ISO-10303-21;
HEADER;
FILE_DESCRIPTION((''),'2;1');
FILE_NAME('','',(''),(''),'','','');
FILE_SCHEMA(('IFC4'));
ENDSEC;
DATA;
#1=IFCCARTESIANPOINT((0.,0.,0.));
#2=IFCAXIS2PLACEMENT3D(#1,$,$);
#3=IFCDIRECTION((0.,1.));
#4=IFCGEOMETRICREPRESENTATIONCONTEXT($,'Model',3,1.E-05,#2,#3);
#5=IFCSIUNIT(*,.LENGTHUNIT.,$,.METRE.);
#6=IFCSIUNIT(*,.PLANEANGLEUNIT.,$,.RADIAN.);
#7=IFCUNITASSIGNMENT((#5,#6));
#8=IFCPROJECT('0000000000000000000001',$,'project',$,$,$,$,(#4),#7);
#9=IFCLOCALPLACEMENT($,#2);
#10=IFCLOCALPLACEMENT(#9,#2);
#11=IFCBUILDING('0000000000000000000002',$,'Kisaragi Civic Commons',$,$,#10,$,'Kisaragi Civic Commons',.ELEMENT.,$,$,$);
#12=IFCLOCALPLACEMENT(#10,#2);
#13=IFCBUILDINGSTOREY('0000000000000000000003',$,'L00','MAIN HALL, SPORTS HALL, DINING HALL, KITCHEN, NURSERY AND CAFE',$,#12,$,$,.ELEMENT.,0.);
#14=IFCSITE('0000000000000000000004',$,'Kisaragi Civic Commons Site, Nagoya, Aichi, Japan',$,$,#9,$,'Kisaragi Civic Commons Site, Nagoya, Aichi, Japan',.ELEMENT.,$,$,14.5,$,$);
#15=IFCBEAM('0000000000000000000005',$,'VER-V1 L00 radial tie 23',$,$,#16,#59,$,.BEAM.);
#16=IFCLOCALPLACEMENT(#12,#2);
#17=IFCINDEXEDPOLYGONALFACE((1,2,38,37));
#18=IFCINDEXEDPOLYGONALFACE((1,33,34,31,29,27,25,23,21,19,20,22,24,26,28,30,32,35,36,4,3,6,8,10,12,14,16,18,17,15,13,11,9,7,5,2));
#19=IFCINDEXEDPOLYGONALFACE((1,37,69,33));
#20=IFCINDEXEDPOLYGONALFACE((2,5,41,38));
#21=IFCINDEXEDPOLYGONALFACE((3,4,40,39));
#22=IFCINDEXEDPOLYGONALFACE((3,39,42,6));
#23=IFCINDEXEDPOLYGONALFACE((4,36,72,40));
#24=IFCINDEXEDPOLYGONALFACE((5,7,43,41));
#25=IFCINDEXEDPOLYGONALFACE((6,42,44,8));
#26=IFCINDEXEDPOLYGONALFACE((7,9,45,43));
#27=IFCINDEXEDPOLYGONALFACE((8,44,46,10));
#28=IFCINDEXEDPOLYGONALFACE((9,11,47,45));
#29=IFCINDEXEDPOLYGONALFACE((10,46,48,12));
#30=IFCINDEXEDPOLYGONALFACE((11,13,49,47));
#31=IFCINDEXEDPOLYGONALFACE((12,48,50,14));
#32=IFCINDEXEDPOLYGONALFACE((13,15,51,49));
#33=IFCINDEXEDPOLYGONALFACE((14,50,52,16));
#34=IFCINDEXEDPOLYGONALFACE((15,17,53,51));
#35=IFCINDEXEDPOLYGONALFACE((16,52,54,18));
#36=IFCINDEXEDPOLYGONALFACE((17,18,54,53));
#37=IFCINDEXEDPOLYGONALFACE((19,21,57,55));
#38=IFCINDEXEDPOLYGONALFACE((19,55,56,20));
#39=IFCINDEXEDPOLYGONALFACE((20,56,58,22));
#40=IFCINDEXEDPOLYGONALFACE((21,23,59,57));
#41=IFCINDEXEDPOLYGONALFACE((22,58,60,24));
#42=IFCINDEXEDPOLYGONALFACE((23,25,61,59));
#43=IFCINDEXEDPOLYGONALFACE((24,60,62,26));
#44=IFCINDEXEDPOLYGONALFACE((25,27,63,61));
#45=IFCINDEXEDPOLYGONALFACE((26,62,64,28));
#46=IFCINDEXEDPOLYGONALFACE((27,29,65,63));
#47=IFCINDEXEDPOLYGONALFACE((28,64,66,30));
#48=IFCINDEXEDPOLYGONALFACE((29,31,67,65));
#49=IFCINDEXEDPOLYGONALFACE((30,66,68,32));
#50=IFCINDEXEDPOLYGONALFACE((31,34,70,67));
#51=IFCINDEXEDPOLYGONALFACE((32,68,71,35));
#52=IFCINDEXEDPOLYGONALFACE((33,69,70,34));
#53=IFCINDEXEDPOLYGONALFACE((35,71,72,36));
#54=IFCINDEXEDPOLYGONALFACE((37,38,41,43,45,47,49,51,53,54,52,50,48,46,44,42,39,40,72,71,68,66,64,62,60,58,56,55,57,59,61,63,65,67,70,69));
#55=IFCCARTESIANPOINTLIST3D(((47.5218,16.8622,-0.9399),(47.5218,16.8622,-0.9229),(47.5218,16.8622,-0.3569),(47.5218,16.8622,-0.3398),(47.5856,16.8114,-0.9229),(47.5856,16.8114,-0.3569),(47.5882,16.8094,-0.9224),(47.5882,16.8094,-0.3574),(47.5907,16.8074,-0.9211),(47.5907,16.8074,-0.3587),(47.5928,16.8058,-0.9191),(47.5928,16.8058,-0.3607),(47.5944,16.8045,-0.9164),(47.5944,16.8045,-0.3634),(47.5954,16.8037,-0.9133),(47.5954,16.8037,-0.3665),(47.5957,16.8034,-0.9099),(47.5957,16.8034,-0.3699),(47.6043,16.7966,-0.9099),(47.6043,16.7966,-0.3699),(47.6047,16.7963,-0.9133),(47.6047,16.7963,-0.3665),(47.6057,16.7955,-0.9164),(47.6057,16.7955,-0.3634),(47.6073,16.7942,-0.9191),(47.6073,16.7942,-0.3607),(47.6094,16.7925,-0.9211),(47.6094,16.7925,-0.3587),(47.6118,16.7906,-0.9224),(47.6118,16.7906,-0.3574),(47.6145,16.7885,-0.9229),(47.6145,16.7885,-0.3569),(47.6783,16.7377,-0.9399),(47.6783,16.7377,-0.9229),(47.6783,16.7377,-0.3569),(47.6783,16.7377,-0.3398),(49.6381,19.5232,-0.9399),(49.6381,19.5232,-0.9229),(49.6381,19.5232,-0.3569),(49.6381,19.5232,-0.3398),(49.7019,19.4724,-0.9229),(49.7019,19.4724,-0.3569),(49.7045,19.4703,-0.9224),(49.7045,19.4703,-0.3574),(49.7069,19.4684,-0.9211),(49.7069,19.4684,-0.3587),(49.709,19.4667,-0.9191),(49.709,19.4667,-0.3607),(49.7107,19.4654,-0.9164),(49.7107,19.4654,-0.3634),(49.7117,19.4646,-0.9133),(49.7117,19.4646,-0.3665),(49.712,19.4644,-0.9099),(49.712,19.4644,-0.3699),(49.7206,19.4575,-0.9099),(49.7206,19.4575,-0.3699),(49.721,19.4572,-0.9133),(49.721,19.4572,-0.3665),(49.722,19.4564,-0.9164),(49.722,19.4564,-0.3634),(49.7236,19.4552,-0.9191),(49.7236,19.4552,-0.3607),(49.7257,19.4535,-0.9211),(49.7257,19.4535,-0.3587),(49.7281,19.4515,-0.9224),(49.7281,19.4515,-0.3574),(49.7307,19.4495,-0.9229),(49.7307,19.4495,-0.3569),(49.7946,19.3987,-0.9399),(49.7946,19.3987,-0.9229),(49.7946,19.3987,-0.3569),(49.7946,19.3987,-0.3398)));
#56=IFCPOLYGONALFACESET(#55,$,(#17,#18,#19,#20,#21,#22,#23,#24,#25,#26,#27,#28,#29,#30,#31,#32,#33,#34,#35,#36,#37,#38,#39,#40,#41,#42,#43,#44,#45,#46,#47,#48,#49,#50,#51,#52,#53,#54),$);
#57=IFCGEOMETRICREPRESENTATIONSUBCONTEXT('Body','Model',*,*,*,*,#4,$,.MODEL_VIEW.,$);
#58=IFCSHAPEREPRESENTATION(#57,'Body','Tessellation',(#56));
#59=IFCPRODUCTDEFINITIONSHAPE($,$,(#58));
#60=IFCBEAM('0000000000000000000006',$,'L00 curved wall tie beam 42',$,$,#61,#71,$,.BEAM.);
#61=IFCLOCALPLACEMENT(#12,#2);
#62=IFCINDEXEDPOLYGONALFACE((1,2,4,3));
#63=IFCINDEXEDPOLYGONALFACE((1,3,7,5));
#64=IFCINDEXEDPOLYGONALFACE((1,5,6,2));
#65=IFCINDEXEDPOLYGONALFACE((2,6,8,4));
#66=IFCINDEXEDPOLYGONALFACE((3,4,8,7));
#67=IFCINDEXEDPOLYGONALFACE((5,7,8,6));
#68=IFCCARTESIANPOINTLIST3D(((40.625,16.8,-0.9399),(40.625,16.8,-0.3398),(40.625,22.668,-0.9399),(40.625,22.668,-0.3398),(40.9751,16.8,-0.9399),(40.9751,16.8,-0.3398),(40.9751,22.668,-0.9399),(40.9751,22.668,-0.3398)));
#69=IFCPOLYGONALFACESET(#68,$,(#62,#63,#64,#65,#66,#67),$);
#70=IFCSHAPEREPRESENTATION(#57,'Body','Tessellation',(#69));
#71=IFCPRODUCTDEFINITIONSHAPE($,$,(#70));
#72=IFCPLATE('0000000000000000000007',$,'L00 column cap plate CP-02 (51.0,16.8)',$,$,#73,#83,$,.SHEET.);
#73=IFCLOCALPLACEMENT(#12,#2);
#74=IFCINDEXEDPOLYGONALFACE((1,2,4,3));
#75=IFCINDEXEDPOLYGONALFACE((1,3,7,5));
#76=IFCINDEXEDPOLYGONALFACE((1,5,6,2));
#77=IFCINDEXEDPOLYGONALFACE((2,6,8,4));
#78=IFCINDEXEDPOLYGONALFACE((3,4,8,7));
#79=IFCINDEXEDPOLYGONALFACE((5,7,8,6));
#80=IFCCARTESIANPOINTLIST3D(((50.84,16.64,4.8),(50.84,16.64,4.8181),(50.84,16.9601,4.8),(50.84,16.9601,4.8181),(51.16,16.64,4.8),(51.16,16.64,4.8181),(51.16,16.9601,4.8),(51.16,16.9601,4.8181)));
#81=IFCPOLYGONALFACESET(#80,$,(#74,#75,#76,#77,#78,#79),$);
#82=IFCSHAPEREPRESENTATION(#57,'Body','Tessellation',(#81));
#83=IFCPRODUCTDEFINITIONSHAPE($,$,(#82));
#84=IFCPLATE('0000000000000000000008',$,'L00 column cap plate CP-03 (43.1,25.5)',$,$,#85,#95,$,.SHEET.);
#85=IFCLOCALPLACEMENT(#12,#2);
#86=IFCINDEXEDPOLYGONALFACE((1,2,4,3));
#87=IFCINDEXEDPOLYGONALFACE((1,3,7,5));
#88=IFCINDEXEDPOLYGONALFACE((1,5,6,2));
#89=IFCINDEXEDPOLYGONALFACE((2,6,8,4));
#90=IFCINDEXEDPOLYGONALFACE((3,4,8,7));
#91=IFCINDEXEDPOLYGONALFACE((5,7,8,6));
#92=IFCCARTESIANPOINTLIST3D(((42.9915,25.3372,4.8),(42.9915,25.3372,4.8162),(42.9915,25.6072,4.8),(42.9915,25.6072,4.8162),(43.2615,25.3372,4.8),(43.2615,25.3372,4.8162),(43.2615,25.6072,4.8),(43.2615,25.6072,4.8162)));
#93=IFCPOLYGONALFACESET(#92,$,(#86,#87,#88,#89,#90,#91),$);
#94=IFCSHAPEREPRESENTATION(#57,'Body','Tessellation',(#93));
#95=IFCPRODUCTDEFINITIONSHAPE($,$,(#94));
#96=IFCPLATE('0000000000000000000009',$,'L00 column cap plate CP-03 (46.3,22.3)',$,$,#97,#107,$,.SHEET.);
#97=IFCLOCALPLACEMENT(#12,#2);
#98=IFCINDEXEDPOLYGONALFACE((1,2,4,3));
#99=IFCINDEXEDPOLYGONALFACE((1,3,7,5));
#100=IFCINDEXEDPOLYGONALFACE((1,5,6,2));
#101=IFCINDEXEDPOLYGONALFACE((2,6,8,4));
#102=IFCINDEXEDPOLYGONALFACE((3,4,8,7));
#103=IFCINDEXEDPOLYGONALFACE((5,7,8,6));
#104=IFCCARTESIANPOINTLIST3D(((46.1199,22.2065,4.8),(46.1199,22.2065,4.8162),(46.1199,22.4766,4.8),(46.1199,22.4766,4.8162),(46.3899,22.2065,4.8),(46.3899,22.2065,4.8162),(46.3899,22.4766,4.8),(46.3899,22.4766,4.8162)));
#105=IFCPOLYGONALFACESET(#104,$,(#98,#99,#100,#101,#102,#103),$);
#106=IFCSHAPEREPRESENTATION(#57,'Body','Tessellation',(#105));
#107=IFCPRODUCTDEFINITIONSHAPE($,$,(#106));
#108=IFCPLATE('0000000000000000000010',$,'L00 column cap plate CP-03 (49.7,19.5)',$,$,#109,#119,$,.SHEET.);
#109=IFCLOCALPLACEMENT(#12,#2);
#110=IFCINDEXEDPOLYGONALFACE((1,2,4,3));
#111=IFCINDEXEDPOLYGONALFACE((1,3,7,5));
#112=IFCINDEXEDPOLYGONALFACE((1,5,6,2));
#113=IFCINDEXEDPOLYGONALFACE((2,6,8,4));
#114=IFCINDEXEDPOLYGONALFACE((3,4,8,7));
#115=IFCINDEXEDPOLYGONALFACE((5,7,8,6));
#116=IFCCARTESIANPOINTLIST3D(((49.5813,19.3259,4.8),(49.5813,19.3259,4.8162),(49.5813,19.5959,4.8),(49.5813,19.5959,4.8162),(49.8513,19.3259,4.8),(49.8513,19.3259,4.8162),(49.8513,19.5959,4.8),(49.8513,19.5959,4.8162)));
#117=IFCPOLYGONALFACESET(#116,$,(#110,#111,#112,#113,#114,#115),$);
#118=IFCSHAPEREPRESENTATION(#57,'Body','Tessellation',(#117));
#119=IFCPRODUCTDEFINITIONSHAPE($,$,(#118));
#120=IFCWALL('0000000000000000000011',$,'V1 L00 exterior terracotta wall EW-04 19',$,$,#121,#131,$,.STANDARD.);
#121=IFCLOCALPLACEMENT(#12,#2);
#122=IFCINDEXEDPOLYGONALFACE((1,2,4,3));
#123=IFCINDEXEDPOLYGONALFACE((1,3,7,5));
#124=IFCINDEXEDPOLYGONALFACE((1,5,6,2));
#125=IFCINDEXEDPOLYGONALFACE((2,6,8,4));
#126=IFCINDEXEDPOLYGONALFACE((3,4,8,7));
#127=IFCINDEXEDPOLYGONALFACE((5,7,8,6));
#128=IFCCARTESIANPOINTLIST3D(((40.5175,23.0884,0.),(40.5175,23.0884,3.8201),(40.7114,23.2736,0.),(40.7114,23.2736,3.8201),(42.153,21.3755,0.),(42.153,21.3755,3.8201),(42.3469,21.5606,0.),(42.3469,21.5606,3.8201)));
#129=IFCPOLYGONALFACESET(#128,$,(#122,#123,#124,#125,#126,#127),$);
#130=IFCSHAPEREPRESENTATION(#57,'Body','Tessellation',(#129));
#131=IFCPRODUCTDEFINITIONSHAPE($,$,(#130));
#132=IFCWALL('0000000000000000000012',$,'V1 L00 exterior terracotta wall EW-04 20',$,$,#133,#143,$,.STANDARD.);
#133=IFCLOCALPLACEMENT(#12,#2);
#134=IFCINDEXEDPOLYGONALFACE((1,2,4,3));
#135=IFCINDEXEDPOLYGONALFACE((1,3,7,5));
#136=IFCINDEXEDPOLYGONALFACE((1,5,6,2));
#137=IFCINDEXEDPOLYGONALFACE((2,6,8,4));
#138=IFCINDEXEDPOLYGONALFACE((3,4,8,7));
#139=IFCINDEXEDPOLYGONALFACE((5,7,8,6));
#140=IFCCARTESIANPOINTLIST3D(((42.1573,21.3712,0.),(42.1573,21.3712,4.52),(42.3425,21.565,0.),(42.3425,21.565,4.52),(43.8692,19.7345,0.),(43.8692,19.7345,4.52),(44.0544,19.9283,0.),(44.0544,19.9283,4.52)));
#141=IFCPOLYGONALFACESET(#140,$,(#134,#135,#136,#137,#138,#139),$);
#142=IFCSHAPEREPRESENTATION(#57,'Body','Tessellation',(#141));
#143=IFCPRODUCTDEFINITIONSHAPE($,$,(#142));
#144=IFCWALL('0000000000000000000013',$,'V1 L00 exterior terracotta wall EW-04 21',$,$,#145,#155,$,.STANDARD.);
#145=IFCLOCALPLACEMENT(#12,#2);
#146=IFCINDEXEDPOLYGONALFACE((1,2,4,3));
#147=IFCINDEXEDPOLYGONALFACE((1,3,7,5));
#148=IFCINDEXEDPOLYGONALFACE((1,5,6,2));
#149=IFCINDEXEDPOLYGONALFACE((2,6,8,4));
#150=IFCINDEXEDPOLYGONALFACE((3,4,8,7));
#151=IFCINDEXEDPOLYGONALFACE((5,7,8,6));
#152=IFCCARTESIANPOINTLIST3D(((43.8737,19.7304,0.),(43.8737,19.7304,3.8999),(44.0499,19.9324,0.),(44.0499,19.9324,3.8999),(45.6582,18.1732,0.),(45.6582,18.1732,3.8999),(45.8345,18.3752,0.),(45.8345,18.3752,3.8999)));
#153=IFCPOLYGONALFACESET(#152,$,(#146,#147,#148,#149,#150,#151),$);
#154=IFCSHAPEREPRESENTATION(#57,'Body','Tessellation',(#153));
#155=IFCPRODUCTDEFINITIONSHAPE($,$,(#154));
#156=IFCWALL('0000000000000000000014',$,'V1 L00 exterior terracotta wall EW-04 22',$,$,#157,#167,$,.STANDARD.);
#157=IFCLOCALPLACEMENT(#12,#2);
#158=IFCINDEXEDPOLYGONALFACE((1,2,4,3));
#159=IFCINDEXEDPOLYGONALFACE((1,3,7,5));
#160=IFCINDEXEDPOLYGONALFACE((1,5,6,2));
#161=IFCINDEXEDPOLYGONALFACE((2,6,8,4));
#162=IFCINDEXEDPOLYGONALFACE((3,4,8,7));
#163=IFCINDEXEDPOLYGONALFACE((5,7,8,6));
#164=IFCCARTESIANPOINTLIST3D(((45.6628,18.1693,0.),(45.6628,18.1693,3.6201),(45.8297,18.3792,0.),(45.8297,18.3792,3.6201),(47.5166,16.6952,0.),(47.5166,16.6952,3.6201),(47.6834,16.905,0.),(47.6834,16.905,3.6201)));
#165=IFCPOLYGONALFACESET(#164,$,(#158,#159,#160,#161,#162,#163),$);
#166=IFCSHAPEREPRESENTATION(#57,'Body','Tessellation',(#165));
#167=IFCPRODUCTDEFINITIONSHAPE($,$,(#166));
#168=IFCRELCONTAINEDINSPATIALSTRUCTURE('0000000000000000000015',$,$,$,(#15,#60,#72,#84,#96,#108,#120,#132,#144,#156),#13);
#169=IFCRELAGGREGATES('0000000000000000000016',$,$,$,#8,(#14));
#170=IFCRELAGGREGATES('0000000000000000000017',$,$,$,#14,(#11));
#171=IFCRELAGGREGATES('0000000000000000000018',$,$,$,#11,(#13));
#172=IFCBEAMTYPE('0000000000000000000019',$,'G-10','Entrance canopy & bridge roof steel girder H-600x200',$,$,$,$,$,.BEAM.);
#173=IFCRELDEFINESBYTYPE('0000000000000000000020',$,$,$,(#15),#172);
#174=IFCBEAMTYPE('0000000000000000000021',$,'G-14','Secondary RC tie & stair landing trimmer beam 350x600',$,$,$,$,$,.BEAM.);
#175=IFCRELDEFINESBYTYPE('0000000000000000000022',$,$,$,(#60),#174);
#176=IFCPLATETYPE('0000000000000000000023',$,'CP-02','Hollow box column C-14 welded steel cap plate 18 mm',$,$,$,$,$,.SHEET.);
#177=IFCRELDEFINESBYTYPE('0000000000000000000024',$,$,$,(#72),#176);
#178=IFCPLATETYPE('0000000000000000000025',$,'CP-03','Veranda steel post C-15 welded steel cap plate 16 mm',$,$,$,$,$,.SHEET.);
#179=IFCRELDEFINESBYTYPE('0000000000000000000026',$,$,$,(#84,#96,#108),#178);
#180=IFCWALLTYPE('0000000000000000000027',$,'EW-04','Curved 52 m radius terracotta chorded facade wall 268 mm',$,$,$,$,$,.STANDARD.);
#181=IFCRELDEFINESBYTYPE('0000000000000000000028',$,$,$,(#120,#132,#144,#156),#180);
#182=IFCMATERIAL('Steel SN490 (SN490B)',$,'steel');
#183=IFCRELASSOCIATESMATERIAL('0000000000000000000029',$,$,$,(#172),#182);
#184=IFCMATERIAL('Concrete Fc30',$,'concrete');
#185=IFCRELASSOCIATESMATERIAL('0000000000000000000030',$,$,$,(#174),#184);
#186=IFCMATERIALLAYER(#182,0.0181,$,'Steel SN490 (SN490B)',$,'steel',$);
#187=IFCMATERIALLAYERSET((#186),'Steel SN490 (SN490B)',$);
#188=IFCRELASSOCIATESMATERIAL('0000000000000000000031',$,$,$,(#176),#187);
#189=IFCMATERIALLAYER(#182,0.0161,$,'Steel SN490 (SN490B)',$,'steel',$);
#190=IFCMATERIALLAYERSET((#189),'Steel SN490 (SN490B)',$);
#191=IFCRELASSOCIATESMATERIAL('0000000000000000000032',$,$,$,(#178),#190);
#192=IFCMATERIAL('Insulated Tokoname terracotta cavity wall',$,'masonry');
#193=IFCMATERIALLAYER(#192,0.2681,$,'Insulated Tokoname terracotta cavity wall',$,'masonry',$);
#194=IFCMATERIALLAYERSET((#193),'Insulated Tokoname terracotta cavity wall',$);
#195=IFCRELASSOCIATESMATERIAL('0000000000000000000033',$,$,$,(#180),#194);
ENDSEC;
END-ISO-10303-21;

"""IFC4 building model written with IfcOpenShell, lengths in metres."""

from ifc_helpers import new_model, si_unit, direction, frame, frame_2d, origin, origin_2d, place, context, subcontext, project, spatial, rectangle, i_section, extrude, material, layer, layer_set, material_profile, profile_set, type_object, element, save


model = new_model("IFC4")

# Units and contexts
model_context = context("Model", 3, precision=1e-05, world=origin(), true_north=direction((0.0, 1.0)))
body_context = subcontext(model_context, "Body", "Model", "MODEL_VIEW")
ifc_project = project(units=[si_unit("LENGTHUNIT", "METRE"), si_unit("PLANEANGLEUNIT", "RADIAN")], contexts=[model_context])

# Site, building, storey
site_placement = place(None, origin())
site = spatial("IfcSite", under=ifc_project, at=site_placement, Name="Kisaragi Civic Commons Site, Nagoya, Aichi, Japan", LongName="Kisaragi Civic Commons Site, Nagoya, Aichi, Japan", CompositionType="ELEMENT", RefElevation=14.5)
building_placement = place(site_placement, origin())
building = spatial("IfcBuilding", under=site, at=building_placement, Name="Kisaragi Civic Commons", LongName="Kisaragi Civic Commons", CompositionType="ELEMENT")
storey_placement = place(building_placement, origin())
storey = spatial("IfcBuildingStorey", under=building, at=storey_placement, Name="L00", Description="MAIN HALL, SPORTS HALL, DINING HALL, KITCHEN, NURSERY AND CAFE", CompositionType="ELEMENT", Elevation=0.0)

# Shared definitions
ifc_material_1 = material(Name="Concrete Fc30", Category="concrete")
ifc_material_2 = material(Name="Steel SN490 (SN490B)", Category="steel")

# Beams
ifc_material_profile_1 = material_profile(ifc_material_2, i_section(OverallWidth=0.2, OverallDepth=0.6001, WebThickness=0.011, FlangeThickness=0.0171, FilletRadius=0.0129, at=origin_2d()), Name="H-600x200x11x17", Category="steel")
ifc_profile_set_1 = profile_set([ifc_material_profile_1], Name="Steel SN490 (SN490B)")
beam_type_1 = type_object("IfcBeamType", Name="G-10", Description="Entrance canopy & bridge roof steel girder H-600x200", PredefinedType="BEAM", material=ifc_profile_set_1)
beam_1_placement = place(storey_placement, frame((49.7163, 19.4609, -0.6399), z_axis=(-0.622451, -0.782659, 0.0), x_axis=(0.782659, -0.622451, 0.0)))
element("IfcBeam", 1, at=beam_1_placement, inside=storey, type_object=beam_type_1, Name="VER-V1 L00 radial tie 23", PredefinedType="BEAM", context=body_context, shape_type="SweptSolid", body=[
    extrude(i_section(OverallWidth=0.2, OverallDepth=0.6001, WebThickness=0.011, FlangeThickness=0.0171, FilletRadius=0.0129, at=origin_2d()), origin(), (0.0, 0.0, 1.0), 3.3999),
])
ifc_material_profile_2 = material_profile(ifc_material_1, rectangle(XDim=0.3501, YDim=0.6001, at=origin_2d()), Name="RC-350x600", Category="concrete")
ifc_profile_set_2 = profile_set([ifc_material_profile_2], Name="Concrete Fc30")
beam_type_2 = type_object("IfcBeamType", Name="G-14", Description="Secondary RC tie & stair landing trimmer beam 350x600", PredefinedType="BEAM", material=ifc_profile_set_2)
beam_2_placement = place(storey_placement, frame((40.8, 22.668, -0.6399), z_axis=(0.0, -1.0, 0.0), x_axis=(1.0, 0.0, 0.0)))
element("IfcBeam", 2, at=beam_2_placement, inside=storey, type_object=beam_type_2, Name="L00 curved wall tie beam 42", PredefinedType="BEAM", context=body_context, shape_type="SweptSolid", body=[
    extrude(rectangle(XDim=0.3501, YDim=0.6001, at=origin_2d()), origin(), (0.0, 0.0, 1.0), 5.8679),
])

# Plates
ifc_layer_1 = layer(ifc_material_2, 0.0181, Name="Steel SN490 (SN490B)", Category="steel")
ifc_layer_set_1 = layer_set([ifc_layer_1], Name="Steel SN490 (SN490B)")
plate_type_1 = type_object("IfcPlateType", Name="CP-02", Description="Hollow box column C-14 welded steel cap plate 18 mm", PredefinedType="SHEET", material=ifc_layer_set_1)
plate_placement = place(storey_placement, frame((51.0, 16.8, 4.8), z_axis=(0.0, 0.0, 1.0), x_axis=(1.0, 0.0, 0.0)))
element("IfcPlate", 3, at=plate_placement, inside=storey, type_object=plate_type_1, Name="L00 column cap plate CP-02 (51.0,16.8)", PredefinedType="SHEET", context=body_context, shape_type="SweptSolid", body=[
    extrude(rectangle(XDim=0.3201, YDim=0.3201, at=origin_2d()), origin(), (0.0, 0.0, 1.0), 0.0181),
])
ifc_layer_2 = layer(ifc_material_2, 0.0161, Name="Steel SN490 (SN490B)", Category="steel")
ifc_layer_set_2 = layer_set([ifc_layer_2], Name="Steel SN490 (SN490B)")
plate_type_2 = type_object("IfcPlateType", Name="CP-03", Description="Veranda steel post C-15 welded steel cap plate 16 mm", PredefinedType="SHEET", material=ifc_layer_set_2)
for number, where, z_axis, x_axis, name in (
    (4, (43.1265, 25.4722, 4.8), (0.0, 0.0, 1.0), (1.0, 0.0, 0.0), "L00 column cap plate CP-03 (43.1,25.5)"),
    (5, (46.2549, 22.3416, 4.8), (0.0, 0.0, 1.0), (1.0, 0.0, 0.0), "L00 column cap plate CP-03 (46.3,22.3)"),
    (6, (49.7163, 19.4609, 4.8), (0.0, 0.0, 1.0), (1.0, 0.0, 0.0), "L00 column cap plate CP-03 (49.7,19.5)"),
):
    element("IfcPlate", number, at=place(storey_placement, frame(where, z_axis=z_axis, x_axis=x_axis)), inside=storey, type_object=plate_type_2, Name=name, PredefinedType="SHEET", context=body_context, shape_type="SweptSolid", body=[
        extrude(rectangle(XDim=0.27, YDim=0.27, at=origin_2d()), origin(), (0.0, 0.0, 1.0), 0.0161),
    ])

# Walls
ifc_material_3 = material(Name="Insulated Tokoname terracotta cavity wall", Category="masonry")
ifc_layer_3 = layer(ifc_material_3, 0.2681, Name="Insulated Tokoname terracotta cavity wall", Category="masonry")
ifc_layer_set_3 = layer_set([ifc_layer_3], Name="Insulated Tokoname terracotta cavity wall")
wall_type_1 = type_object("IfcWallType", Name="EW-04", Description="Curved 52 m radius terracotta chorded facade wall 268 mm", PredefinedType="STANDARD", material=ifc_layer_set_3)
wall_1_placement = place(storey_placement, frame((40.6145, 23.1809, 0.0), z_axis=(0.0, 0.0, 1.0), x_axis=(0.690579, -0.723257, 0.0)))
element("IfcWall", 7, at=wall_1_placement, inside=storey, type_object=wall_type_1, Name="V1 L00 exterior terracotta wall EW-04 19", PredefinedType="STANDARD", context=body_context, shape_type="SweptSolid", body=[
    extrude(rectangle(XDim=2.3684, YDim=0.2681, at=frame_2d((1.1841, 0.0))), origin(), (0.0, 0.0, 1.0), 3.8201),
])
wall_2_placement = place(storey_placement, frame((42.25, 21.468, 0.0), z_axis=(0.0, 0.0, 1.0), x_axis=(0.722803, -0.691054, 0.0)))
element("IfcWall", 8, at=wall_2_placement, inside=storey, type_object=wall_type_1, Name="V1 L00 exterior terracotta wall EW-04 20", PredefinedType="STANDARD", context=body_context, shape_type="SweptSolid", body=[
    extrude(rectangle(XDim=2.3684, YDim=0.2681, at=frame_2d((1.1841, 0.0))), origin(), (0.0, 0.0, 1.0), 4.52),
])
wall_3_placement = place(storey_placement, frame((43.9619, 19.8313, 0.0), z_axis=(0.0, 0.0, 1.0), x_axis=(0.753464, -0.65749, 0.0)))
element("IfcWall", 9, at=wall_3_placement, inside=storey, type_object=wall_type_1, Name="V1 L00 exterior terracotta wall EW-04 21", PredefinedType="STANDARD", context=body_context, shape_type="SweptSolid", body=[
    extrude(rectangle(XDim=2.3684, YDim=0.2681, at=frame_2d((1.1841, 0.0))), origin(), (0.0, 0.0, 1.0), 3.8999),
])
wall_4_placement = place(storey_placement, frame((45.7463, 18.2742, 0.0), z_axis=(0.0, 0.0, 1.0), x_axis=(0.782696, -0.622404, 0.0)))
element("IfcWall", 10, at=wall_4_placement, inside=storey, type_object=wall_type_1, Name="V1 L00 exterior terracotta wall EW-04 22", PredefinedType="STANDARD", context=body_context, shape_type="SweptSolid", body=[
    extrude(rectangle(XDim=2.3684, YDim=0.2681, at=frame_2d((1.1841, 0.0))), origin(), (0.0, 0.0, 1.0), 3.6201),
])

save(model, "model.ifc")
